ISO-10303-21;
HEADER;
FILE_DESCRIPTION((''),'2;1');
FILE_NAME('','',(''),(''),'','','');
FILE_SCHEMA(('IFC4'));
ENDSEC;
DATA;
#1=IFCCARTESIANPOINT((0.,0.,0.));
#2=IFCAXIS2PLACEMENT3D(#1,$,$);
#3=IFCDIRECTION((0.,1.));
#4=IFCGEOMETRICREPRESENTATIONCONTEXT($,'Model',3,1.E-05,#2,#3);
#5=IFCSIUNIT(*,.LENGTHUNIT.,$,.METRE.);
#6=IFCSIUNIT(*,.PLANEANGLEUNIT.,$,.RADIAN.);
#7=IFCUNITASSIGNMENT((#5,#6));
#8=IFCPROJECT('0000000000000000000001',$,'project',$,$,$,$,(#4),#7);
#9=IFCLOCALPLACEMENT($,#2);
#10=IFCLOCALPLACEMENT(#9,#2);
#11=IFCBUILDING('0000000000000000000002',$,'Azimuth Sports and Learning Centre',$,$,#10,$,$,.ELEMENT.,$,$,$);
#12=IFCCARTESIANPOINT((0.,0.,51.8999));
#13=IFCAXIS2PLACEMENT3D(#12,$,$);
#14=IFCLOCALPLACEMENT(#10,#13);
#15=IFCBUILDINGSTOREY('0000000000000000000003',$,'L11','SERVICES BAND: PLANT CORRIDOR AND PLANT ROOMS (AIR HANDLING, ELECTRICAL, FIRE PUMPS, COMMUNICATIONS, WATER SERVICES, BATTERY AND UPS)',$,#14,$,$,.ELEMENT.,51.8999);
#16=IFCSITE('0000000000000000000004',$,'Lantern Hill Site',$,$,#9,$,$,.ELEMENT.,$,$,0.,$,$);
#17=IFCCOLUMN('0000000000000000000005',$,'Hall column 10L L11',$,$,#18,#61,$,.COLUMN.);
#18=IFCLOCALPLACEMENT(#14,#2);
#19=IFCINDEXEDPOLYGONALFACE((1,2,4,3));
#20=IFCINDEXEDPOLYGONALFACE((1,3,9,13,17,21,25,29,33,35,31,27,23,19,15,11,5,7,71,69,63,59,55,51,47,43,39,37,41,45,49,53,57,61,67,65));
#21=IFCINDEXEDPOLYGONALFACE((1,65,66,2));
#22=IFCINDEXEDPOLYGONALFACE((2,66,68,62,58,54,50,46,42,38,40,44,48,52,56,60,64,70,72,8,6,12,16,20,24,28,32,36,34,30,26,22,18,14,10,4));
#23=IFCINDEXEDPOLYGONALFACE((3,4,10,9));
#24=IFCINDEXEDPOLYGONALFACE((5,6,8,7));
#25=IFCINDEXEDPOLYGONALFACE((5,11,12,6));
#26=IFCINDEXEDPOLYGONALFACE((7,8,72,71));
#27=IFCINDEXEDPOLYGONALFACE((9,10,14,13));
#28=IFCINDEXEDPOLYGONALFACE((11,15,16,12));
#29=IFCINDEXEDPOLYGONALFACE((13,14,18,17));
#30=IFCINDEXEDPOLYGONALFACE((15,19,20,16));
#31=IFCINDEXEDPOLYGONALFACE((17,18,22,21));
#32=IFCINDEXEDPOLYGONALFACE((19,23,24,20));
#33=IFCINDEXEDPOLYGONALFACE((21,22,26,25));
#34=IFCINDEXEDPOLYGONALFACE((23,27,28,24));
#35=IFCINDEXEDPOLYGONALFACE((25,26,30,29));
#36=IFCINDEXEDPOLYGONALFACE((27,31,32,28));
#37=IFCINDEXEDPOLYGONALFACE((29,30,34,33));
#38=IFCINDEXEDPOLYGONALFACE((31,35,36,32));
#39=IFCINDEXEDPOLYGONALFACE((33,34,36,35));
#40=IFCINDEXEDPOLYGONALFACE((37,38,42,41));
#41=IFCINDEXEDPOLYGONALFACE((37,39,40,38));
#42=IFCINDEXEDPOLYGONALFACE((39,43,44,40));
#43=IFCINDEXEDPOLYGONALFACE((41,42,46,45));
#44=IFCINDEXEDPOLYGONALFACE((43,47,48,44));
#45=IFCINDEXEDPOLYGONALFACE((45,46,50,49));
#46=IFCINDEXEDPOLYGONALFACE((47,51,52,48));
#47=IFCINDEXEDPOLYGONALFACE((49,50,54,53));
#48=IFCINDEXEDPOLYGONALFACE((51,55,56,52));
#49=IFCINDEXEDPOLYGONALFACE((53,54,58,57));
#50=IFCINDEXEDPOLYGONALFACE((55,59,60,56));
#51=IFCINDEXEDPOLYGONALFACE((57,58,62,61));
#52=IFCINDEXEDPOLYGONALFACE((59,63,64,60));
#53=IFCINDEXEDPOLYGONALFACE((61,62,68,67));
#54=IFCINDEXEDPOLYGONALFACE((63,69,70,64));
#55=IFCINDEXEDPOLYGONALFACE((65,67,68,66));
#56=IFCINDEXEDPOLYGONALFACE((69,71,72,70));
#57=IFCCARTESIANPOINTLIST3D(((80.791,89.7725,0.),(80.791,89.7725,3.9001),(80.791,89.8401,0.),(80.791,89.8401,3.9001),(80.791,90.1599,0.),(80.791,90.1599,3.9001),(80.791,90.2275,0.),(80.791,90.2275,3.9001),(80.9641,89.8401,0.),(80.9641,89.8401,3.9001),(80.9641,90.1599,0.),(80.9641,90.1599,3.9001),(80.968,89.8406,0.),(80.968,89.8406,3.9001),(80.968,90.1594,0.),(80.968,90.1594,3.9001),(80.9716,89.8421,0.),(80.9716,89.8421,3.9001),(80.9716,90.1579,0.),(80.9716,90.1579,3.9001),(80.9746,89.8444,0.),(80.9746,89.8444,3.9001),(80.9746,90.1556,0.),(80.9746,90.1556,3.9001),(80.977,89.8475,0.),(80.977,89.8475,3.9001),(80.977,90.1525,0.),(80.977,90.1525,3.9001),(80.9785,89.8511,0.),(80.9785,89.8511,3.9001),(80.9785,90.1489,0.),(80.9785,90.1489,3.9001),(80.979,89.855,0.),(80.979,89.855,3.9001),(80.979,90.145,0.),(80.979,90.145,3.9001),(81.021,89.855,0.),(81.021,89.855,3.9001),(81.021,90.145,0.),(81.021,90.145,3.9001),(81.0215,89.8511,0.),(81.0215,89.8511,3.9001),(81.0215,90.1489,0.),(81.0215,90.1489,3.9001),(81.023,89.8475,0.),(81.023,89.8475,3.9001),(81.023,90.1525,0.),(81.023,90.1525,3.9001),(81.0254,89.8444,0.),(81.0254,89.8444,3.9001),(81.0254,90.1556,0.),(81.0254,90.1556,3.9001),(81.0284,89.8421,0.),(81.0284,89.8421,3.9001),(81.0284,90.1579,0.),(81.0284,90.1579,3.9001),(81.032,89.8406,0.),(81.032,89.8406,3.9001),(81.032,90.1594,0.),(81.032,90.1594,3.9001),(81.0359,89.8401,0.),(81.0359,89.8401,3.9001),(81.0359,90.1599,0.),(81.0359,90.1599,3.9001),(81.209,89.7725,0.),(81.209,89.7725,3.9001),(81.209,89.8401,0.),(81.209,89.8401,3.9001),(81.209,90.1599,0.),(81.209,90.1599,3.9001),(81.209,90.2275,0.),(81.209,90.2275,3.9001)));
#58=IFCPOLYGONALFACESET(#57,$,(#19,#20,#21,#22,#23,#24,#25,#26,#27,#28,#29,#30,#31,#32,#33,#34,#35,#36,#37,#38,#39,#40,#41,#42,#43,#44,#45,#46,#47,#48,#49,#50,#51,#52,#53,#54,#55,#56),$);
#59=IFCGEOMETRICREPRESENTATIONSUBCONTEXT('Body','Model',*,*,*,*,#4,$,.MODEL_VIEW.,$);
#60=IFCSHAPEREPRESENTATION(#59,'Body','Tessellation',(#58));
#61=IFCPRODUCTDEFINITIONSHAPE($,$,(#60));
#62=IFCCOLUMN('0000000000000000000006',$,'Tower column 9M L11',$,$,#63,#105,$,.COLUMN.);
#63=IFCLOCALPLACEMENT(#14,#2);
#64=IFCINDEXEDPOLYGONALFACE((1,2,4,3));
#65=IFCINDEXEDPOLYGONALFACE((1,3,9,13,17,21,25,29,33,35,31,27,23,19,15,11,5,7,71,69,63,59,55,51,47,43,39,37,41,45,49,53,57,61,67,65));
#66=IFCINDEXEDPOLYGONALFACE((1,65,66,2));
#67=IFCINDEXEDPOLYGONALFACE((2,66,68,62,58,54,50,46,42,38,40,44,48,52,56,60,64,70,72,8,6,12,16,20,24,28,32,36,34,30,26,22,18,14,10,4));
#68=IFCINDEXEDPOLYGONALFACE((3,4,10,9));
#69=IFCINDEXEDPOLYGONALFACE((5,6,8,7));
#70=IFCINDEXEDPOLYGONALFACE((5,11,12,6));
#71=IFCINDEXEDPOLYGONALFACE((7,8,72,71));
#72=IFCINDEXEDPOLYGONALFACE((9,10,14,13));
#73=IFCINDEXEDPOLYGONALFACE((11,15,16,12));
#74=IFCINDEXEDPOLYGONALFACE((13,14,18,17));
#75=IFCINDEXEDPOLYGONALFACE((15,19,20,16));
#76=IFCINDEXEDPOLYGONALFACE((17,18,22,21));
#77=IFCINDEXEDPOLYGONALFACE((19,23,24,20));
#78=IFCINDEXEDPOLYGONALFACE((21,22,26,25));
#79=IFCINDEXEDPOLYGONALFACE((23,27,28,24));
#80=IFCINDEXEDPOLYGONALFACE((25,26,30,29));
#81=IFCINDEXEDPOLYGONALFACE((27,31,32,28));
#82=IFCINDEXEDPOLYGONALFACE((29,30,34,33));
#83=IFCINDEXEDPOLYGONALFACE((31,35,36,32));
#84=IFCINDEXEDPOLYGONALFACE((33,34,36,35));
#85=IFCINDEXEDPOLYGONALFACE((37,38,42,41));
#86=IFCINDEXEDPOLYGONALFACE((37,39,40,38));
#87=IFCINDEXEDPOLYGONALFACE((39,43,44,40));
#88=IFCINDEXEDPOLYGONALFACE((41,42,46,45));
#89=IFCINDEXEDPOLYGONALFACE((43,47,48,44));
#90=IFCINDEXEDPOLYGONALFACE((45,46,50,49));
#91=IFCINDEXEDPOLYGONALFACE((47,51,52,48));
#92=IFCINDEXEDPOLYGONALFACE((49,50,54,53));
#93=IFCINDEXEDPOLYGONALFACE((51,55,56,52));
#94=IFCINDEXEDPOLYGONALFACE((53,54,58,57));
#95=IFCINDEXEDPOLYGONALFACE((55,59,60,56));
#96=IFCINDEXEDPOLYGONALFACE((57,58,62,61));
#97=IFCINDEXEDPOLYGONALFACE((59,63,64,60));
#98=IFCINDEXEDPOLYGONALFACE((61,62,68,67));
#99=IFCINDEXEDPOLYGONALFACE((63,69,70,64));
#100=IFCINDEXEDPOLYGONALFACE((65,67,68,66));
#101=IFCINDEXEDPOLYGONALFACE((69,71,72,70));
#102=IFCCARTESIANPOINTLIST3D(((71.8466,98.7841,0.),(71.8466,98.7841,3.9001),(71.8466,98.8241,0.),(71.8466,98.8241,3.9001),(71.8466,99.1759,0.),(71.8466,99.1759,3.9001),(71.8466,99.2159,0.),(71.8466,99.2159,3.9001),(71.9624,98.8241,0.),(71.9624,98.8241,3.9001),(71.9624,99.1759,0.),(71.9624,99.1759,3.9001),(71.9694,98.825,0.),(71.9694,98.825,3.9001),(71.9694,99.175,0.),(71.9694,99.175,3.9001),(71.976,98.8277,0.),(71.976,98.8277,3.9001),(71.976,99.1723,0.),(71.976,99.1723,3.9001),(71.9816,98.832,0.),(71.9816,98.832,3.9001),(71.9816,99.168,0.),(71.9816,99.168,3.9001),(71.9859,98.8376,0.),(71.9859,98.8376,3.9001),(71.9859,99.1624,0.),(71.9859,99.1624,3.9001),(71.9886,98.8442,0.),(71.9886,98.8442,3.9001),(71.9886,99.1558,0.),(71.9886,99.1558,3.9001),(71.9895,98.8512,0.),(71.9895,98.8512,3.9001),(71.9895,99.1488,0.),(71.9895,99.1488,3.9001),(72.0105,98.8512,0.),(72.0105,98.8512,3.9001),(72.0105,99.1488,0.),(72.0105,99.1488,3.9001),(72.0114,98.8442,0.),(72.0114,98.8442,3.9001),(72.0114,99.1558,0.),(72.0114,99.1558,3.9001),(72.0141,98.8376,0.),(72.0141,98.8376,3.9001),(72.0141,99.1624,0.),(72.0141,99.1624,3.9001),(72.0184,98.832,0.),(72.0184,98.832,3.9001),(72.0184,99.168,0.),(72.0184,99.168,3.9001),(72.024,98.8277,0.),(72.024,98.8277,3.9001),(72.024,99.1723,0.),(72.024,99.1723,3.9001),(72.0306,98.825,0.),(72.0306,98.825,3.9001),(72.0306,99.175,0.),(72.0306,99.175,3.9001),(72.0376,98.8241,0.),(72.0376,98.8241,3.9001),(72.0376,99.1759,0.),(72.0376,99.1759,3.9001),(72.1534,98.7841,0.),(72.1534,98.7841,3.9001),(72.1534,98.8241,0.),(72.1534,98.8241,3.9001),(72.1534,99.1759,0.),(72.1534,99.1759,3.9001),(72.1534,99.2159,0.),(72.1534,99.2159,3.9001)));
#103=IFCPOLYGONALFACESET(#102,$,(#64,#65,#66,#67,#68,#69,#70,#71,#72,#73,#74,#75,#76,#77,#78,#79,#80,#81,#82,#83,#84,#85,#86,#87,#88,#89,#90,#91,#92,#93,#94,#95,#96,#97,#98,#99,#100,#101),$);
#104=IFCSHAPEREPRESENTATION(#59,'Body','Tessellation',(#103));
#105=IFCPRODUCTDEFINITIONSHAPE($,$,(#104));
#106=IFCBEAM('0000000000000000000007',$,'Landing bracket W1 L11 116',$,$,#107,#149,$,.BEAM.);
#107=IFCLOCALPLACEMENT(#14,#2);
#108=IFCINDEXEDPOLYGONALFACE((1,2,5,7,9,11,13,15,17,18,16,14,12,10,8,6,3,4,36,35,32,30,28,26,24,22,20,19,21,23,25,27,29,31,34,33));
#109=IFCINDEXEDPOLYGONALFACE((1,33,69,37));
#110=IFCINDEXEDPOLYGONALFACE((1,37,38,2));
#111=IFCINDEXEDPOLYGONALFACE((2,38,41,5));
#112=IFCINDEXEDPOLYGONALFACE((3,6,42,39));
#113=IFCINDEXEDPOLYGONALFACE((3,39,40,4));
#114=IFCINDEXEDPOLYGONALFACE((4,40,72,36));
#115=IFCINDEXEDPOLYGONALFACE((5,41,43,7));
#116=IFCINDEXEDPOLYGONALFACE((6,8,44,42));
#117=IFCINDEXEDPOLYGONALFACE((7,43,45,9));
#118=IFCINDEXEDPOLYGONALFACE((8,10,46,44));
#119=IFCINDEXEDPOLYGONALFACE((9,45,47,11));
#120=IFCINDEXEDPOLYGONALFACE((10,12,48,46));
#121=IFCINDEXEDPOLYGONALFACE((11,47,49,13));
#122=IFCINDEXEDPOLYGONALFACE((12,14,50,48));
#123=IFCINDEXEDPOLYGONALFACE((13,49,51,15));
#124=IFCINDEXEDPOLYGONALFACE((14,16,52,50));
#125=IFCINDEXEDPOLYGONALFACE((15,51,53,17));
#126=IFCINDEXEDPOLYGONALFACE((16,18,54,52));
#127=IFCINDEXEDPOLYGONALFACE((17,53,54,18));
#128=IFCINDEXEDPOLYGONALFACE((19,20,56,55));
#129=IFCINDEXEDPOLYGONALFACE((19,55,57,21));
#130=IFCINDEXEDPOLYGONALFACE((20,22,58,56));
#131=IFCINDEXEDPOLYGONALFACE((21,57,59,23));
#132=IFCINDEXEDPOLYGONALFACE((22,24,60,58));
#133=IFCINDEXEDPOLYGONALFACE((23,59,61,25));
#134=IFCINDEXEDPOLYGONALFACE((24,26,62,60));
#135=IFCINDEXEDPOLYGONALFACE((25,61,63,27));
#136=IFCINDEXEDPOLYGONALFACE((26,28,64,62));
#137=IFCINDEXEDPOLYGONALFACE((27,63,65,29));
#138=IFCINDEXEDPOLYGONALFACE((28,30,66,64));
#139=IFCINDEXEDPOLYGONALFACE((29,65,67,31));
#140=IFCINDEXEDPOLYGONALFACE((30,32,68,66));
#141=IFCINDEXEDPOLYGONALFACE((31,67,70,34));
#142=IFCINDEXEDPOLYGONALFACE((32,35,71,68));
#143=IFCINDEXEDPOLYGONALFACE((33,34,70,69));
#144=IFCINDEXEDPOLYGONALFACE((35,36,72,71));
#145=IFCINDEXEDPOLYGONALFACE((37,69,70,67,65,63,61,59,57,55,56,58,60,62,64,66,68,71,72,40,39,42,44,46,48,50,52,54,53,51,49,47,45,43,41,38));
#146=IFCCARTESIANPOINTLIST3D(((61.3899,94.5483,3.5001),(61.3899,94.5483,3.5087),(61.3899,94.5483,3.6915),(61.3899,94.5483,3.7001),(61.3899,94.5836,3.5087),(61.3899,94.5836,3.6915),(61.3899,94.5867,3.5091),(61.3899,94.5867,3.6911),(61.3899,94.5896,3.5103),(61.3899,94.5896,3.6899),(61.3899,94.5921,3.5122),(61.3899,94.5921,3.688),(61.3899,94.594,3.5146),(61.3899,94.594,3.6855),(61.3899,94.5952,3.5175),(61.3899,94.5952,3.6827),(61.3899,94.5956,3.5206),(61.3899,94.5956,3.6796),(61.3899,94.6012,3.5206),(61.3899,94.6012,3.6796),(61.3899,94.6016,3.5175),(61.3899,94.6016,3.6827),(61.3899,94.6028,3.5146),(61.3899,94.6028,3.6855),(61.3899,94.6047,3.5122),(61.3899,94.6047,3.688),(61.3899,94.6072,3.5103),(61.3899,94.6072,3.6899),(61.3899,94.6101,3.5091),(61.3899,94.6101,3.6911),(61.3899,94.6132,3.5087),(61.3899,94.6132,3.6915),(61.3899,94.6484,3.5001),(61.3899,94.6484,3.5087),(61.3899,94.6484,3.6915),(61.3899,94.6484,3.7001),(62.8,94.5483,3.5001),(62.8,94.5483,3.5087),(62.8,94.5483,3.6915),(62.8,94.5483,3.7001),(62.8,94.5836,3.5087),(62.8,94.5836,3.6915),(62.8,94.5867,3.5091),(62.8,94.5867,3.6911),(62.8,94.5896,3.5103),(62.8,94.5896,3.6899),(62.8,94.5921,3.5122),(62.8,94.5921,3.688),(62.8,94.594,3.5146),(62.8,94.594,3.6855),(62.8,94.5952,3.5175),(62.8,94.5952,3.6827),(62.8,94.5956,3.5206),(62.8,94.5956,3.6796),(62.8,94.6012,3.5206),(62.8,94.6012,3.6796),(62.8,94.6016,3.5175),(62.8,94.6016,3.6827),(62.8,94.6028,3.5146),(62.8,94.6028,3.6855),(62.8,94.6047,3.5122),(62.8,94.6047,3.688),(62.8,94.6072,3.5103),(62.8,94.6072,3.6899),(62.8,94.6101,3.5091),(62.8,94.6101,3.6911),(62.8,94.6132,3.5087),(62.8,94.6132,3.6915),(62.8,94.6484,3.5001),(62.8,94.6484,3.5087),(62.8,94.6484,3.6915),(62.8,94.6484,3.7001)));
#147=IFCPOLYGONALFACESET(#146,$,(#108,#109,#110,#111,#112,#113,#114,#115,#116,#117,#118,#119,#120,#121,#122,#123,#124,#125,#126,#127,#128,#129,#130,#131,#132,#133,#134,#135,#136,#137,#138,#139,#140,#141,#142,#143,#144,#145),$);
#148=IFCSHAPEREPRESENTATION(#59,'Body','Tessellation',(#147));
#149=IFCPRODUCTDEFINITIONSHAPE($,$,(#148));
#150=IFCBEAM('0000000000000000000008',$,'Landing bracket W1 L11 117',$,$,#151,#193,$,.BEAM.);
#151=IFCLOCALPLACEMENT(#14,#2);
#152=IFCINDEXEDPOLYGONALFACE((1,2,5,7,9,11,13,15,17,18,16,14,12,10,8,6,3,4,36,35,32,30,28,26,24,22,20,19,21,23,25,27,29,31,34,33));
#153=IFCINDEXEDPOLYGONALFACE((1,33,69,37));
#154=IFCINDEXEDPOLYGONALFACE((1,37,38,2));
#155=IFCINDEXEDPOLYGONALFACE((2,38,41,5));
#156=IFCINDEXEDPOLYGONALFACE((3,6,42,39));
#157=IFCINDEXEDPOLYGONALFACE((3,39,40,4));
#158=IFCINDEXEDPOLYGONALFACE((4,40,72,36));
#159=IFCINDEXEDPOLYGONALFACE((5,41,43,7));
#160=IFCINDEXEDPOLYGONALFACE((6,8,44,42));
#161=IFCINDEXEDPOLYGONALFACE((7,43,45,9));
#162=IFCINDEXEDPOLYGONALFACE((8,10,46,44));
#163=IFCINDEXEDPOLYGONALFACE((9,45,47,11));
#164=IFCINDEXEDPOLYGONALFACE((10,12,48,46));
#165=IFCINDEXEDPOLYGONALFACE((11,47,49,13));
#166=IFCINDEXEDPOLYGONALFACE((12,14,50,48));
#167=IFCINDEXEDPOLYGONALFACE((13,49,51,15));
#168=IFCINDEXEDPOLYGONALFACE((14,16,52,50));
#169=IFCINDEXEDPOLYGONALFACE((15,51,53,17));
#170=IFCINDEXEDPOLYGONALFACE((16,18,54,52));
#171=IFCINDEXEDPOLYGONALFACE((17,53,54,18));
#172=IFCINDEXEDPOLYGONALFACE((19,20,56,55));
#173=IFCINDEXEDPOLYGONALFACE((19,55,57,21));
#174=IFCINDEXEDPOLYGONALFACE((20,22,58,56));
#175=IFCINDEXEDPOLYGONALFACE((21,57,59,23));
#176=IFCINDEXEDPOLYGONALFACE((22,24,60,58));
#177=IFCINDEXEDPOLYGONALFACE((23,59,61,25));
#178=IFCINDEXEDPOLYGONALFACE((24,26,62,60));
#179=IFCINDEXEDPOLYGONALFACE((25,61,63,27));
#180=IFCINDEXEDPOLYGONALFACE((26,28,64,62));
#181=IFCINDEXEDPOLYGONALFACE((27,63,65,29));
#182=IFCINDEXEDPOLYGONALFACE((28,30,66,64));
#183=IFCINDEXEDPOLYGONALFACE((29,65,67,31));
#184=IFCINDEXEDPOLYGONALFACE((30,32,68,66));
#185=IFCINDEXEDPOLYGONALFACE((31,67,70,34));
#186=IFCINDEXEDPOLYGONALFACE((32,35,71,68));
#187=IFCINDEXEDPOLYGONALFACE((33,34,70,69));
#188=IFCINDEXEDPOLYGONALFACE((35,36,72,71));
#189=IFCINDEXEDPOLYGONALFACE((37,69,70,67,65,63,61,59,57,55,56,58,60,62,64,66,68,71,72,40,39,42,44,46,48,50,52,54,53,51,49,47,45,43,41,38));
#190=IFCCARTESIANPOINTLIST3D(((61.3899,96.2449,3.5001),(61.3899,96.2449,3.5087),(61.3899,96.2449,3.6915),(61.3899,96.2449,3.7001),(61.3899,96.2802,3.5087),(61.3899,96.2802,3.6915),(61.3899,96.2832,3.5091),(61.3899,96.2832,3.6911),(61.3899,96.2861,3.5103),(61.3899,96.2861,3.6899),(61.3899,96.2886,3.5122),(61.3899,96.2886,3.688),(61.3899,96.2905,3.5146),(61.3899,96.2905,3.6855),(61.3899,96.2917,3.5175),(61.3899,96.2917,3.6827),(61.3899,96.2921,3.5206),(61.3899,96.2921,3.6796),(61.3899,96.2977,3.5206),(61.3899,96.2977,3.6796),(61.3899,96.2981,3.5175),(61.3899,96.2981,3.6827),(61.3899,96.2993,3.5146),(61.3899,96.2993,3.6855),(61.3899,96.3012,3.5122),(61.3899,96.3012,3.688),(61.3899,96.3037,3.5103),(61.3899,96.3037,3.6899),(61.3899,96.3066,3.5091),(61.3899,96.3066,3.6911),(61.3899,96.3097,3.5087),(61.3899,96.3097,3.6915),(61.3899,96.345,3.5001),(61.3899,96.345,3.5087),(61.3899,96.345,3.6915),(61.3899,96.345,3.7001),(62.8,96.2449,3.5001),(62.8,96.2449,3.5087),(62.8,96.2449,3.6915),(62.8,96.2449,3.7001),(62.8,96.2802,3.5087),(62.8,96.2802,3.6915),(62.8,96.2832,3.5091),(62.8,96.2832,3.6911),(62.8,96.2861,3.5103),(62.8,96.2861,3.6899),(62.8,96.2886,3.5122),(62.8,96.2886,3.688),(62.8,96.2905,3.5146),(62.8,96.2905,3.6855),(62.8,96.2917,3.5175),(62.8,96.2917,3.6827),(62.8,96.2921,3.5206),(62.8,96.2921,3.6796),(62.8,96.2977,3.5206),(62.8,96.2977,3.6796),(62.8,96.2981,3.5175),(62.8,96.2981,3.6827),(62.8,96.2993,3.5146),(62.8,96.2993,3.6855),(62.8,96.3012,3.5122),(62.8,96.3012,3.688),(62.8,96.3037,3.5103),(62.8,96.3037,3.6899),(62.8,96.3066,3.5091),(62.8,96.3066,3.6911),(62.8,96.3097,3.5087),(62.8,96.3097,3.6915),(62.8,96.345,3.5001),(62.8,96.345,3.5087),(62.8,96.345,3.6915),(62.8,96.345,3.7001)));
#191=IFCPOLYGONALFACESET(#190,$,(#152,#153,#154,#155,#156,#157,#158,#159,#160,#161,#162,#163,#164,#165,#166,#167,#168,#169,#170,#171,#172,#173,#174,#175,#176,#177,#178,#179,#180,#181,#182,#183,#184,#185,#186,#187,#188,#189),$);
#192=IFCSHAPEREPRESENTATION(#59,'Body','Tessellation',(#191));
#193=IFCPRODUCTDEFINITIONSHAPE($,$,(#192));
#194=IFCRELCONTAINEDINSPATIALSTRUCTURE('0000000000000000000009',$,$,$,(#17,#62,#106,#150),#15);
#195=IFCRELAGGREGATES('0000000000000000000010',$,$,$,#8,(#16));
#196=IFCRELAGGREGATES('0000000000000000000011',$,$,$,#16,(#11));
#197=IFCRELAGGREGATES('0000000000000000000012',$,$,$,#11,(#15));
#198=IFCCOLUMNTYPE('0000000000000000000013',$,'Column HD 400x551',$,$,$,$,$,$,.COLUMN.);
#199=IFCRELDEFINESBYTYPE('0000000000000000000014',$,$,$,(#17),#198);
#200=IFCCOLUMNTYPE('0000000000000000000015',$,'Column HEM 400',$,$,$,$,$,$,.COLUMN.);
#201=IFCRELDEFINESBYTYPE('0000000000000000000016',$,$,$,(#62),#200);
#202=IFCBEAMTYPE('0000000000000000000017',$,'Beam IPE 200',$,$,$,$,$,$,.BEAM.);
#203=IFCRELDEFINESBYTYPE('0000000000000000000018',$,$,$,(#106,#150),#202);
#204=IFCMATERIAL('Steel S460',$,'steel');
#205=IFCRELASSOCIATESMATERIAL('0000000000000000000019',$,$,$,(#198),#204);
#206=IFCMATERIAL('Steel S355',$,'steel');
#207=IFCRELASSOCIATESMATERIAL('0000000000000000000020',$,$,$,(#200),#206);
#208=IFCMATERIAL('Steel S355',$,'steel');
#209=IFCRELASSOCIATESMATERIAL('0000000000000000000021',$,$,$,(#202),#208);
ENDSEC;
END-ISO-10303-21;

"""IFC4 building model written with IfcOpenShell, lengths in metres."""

from ifc_helpers import new_model, si_unit, direction, frame, origin, origin_2d, place, context, subcontext, project, spatial, i_section, extrude, material, material_profile, profile_set, type_object, element, save


model = new_model("IFC4")

# Units and contexts
model_context = context("Model", 3, precision=1e-05, world=origin(), true_north=direction((0.0, 1.0)))
body_context = subcontext(model_context, "Body", "Model", "MODEL_VIEW")
ifc_project = project(units=[si_unit("LENGTHUNIT", "METRE"), si_unit("PLANEANGLEUNIT", "RADIAN")], contexts=[model_context])

# Site, building, storey
site_placement = place(None, origin())
site = spatial("IfcSite", under=ifc_project, at=site_placement, Name="Lantern Hill Site", CompositionType="ELEMENT", RefElevation=0.0)
building_placement = place(site_placement, origin())
building = spatial("IfcBuilding", under=site, at=building_placement, Name="Azimuth Sports and Learning Centre", CompositionType="ELEMENT")
storey_placement = place(building_placement, frame((0.0, 0.0, 51.8999)))
storey = spatial("IfcBuildingStorey", under=building, at=storey_placement, Name="L11", Description="SERVICES BAND: PLANT CORRIDOR AND PLANT ROOMS (AIR HANDLING, ELECTRICAL, FIRE PUMPS, COMMUNICATIONS, WATER SERVICES, BATTERY AND UPS)", CompositionType="ELEMENT", Elevation=51.8999)

# Columns
ifc_material_1 = material(Name="Steel S460", Category="steel")
ifc_material_profile_1 = material_profile(ifc_material_1, i_section(OverallWidth=0.418, OverallDepth=0.4551, WebThickness=0.042, FlangeThickness=0.0676, FilletRadius=0.0149, at=origin_2d()), Name="HD 400x551")
ifc_profile_set_1 = profile_set([ifc_material_profile_1], Name="Steel S460")
column_type_1 = type_object("IfcColumnType", Name="Column HD 400x551", PredefinedType="COLUMN", material=ifc_profile_set_1)
column_1_placement = place(storey_placement, frame((81.0, 90.0, 0.0), z_axis=(0.0, 0.0, 1.0), x_axis=(1.0, 0.0, 0.0)))
element("IfcColumn", 1, at=column_1_placement, inside=storey, type_object=column_type_1, Name="Hall column 10L L11", PredefinedType="COLUMN", context=body_context, shape_type="SweptSolid", body=[
    extrude(i_section(OverallWidth=0.418, OverallDepth=0.4551, WebThickness=0.042, FlangeThickness=0.0676, FilletRadius=0.0149, at=origin_2d()), origin(), (0.0, 0.0, 1.0), 3.9001),
])
ifc_material_2 = material(Name="Steel S355", Category="steel")
ifc_material_profile_2 = material_profile(ifc_material_2, i_section(OverallWidth=0.3069, OverallDepth=0.4319, WebThickness=0.021, FlangeThickness=0.04, FilletRadius=0.0271, at=origin_2d()), Name="HEM 400")
ifc_profile_set_2 = profile_set([ifc_material_profile_2], Name="Steel S355")
column_type_2 = type_object("IfcColumnType", Name="Column HEM 400", PredefinedType="COLUMN", material=ifc_profile_set_2)
column_2_placement = place(storey_placement, frame((72.0, 99.0, 0.0), z_axis=(0.0, 0.0, 1.0), x_axis=(1.0, 0.0, 0.0)))
element("IfcColumn", 2, at=column_2_placement, inside=storey, type_object=column_type_2, Name="Tower column 9M L11", PredefinedType="COLUMN", context=body_context, shape_type="SweptSolid", body=[
    extrude(i_section(OverallWidth=0.3069, OverallDepth=0.4319, WebThickness=0.021, FlangeThickness=0.04, FilletRadius=0.0271, at=origin_2d()), origin(), (0.0, 0.0, 1.0), 3.9001),
])

# Beams
ifc_material_3 = material(Name="Steel S355", Category="steel")
ifc_material_profile_3 = material_profile(ifc_material_3, i_section(OverallWidth=0.1001, OverallDepth=0.2, WebThickness=0.0056, FlangeThickness=0.0085, FilletRadius=0.012, at=origin_2d()), Name="IPE 200")
ifc_profile_set_3 = profile_set([ifc_material_profile_3], Name="Steel S355")
beam_type_1 = type_object("IfcBeamType", Name="Beam IPE 200", PredefinedType="BEAM", material=ifc_profile_set_3)
for number, where, z_axis, x_axis, name in (
    (3, (62.8, 94.5984, 3.6001), (-1.0, 0.0, 0.0), (0.0, -1.0, 0.0), "Landing bracket W1 L11 116"),
    (4, (62.8, 96.2949, 3.6001), (-1.0, 0.0, 0.0), (0.0, -1.0, 0.0), "Landing bracket W1 L11 117"),
):
    element("IfcBeam", number, at=place(storey_placement, frame(where, z_axis=z_axis, x_axis=x_axis)), inside=storey, type_object=beam_type_1, Name=name, PredefinedType="BEAM", context=body_context, shape_type="SweptSolid", body=[
        extrude(i_section(OverallWidth=0.1001, OverallDepth=0.2, WebThickness=0.0056, FlangeThickness=0.0085, FilletRadius=0.012, at=origin_2d()), origin(), (0.0, 0.0, 1.0), 1.4102),
    ])

save(model, "model.ifc")
